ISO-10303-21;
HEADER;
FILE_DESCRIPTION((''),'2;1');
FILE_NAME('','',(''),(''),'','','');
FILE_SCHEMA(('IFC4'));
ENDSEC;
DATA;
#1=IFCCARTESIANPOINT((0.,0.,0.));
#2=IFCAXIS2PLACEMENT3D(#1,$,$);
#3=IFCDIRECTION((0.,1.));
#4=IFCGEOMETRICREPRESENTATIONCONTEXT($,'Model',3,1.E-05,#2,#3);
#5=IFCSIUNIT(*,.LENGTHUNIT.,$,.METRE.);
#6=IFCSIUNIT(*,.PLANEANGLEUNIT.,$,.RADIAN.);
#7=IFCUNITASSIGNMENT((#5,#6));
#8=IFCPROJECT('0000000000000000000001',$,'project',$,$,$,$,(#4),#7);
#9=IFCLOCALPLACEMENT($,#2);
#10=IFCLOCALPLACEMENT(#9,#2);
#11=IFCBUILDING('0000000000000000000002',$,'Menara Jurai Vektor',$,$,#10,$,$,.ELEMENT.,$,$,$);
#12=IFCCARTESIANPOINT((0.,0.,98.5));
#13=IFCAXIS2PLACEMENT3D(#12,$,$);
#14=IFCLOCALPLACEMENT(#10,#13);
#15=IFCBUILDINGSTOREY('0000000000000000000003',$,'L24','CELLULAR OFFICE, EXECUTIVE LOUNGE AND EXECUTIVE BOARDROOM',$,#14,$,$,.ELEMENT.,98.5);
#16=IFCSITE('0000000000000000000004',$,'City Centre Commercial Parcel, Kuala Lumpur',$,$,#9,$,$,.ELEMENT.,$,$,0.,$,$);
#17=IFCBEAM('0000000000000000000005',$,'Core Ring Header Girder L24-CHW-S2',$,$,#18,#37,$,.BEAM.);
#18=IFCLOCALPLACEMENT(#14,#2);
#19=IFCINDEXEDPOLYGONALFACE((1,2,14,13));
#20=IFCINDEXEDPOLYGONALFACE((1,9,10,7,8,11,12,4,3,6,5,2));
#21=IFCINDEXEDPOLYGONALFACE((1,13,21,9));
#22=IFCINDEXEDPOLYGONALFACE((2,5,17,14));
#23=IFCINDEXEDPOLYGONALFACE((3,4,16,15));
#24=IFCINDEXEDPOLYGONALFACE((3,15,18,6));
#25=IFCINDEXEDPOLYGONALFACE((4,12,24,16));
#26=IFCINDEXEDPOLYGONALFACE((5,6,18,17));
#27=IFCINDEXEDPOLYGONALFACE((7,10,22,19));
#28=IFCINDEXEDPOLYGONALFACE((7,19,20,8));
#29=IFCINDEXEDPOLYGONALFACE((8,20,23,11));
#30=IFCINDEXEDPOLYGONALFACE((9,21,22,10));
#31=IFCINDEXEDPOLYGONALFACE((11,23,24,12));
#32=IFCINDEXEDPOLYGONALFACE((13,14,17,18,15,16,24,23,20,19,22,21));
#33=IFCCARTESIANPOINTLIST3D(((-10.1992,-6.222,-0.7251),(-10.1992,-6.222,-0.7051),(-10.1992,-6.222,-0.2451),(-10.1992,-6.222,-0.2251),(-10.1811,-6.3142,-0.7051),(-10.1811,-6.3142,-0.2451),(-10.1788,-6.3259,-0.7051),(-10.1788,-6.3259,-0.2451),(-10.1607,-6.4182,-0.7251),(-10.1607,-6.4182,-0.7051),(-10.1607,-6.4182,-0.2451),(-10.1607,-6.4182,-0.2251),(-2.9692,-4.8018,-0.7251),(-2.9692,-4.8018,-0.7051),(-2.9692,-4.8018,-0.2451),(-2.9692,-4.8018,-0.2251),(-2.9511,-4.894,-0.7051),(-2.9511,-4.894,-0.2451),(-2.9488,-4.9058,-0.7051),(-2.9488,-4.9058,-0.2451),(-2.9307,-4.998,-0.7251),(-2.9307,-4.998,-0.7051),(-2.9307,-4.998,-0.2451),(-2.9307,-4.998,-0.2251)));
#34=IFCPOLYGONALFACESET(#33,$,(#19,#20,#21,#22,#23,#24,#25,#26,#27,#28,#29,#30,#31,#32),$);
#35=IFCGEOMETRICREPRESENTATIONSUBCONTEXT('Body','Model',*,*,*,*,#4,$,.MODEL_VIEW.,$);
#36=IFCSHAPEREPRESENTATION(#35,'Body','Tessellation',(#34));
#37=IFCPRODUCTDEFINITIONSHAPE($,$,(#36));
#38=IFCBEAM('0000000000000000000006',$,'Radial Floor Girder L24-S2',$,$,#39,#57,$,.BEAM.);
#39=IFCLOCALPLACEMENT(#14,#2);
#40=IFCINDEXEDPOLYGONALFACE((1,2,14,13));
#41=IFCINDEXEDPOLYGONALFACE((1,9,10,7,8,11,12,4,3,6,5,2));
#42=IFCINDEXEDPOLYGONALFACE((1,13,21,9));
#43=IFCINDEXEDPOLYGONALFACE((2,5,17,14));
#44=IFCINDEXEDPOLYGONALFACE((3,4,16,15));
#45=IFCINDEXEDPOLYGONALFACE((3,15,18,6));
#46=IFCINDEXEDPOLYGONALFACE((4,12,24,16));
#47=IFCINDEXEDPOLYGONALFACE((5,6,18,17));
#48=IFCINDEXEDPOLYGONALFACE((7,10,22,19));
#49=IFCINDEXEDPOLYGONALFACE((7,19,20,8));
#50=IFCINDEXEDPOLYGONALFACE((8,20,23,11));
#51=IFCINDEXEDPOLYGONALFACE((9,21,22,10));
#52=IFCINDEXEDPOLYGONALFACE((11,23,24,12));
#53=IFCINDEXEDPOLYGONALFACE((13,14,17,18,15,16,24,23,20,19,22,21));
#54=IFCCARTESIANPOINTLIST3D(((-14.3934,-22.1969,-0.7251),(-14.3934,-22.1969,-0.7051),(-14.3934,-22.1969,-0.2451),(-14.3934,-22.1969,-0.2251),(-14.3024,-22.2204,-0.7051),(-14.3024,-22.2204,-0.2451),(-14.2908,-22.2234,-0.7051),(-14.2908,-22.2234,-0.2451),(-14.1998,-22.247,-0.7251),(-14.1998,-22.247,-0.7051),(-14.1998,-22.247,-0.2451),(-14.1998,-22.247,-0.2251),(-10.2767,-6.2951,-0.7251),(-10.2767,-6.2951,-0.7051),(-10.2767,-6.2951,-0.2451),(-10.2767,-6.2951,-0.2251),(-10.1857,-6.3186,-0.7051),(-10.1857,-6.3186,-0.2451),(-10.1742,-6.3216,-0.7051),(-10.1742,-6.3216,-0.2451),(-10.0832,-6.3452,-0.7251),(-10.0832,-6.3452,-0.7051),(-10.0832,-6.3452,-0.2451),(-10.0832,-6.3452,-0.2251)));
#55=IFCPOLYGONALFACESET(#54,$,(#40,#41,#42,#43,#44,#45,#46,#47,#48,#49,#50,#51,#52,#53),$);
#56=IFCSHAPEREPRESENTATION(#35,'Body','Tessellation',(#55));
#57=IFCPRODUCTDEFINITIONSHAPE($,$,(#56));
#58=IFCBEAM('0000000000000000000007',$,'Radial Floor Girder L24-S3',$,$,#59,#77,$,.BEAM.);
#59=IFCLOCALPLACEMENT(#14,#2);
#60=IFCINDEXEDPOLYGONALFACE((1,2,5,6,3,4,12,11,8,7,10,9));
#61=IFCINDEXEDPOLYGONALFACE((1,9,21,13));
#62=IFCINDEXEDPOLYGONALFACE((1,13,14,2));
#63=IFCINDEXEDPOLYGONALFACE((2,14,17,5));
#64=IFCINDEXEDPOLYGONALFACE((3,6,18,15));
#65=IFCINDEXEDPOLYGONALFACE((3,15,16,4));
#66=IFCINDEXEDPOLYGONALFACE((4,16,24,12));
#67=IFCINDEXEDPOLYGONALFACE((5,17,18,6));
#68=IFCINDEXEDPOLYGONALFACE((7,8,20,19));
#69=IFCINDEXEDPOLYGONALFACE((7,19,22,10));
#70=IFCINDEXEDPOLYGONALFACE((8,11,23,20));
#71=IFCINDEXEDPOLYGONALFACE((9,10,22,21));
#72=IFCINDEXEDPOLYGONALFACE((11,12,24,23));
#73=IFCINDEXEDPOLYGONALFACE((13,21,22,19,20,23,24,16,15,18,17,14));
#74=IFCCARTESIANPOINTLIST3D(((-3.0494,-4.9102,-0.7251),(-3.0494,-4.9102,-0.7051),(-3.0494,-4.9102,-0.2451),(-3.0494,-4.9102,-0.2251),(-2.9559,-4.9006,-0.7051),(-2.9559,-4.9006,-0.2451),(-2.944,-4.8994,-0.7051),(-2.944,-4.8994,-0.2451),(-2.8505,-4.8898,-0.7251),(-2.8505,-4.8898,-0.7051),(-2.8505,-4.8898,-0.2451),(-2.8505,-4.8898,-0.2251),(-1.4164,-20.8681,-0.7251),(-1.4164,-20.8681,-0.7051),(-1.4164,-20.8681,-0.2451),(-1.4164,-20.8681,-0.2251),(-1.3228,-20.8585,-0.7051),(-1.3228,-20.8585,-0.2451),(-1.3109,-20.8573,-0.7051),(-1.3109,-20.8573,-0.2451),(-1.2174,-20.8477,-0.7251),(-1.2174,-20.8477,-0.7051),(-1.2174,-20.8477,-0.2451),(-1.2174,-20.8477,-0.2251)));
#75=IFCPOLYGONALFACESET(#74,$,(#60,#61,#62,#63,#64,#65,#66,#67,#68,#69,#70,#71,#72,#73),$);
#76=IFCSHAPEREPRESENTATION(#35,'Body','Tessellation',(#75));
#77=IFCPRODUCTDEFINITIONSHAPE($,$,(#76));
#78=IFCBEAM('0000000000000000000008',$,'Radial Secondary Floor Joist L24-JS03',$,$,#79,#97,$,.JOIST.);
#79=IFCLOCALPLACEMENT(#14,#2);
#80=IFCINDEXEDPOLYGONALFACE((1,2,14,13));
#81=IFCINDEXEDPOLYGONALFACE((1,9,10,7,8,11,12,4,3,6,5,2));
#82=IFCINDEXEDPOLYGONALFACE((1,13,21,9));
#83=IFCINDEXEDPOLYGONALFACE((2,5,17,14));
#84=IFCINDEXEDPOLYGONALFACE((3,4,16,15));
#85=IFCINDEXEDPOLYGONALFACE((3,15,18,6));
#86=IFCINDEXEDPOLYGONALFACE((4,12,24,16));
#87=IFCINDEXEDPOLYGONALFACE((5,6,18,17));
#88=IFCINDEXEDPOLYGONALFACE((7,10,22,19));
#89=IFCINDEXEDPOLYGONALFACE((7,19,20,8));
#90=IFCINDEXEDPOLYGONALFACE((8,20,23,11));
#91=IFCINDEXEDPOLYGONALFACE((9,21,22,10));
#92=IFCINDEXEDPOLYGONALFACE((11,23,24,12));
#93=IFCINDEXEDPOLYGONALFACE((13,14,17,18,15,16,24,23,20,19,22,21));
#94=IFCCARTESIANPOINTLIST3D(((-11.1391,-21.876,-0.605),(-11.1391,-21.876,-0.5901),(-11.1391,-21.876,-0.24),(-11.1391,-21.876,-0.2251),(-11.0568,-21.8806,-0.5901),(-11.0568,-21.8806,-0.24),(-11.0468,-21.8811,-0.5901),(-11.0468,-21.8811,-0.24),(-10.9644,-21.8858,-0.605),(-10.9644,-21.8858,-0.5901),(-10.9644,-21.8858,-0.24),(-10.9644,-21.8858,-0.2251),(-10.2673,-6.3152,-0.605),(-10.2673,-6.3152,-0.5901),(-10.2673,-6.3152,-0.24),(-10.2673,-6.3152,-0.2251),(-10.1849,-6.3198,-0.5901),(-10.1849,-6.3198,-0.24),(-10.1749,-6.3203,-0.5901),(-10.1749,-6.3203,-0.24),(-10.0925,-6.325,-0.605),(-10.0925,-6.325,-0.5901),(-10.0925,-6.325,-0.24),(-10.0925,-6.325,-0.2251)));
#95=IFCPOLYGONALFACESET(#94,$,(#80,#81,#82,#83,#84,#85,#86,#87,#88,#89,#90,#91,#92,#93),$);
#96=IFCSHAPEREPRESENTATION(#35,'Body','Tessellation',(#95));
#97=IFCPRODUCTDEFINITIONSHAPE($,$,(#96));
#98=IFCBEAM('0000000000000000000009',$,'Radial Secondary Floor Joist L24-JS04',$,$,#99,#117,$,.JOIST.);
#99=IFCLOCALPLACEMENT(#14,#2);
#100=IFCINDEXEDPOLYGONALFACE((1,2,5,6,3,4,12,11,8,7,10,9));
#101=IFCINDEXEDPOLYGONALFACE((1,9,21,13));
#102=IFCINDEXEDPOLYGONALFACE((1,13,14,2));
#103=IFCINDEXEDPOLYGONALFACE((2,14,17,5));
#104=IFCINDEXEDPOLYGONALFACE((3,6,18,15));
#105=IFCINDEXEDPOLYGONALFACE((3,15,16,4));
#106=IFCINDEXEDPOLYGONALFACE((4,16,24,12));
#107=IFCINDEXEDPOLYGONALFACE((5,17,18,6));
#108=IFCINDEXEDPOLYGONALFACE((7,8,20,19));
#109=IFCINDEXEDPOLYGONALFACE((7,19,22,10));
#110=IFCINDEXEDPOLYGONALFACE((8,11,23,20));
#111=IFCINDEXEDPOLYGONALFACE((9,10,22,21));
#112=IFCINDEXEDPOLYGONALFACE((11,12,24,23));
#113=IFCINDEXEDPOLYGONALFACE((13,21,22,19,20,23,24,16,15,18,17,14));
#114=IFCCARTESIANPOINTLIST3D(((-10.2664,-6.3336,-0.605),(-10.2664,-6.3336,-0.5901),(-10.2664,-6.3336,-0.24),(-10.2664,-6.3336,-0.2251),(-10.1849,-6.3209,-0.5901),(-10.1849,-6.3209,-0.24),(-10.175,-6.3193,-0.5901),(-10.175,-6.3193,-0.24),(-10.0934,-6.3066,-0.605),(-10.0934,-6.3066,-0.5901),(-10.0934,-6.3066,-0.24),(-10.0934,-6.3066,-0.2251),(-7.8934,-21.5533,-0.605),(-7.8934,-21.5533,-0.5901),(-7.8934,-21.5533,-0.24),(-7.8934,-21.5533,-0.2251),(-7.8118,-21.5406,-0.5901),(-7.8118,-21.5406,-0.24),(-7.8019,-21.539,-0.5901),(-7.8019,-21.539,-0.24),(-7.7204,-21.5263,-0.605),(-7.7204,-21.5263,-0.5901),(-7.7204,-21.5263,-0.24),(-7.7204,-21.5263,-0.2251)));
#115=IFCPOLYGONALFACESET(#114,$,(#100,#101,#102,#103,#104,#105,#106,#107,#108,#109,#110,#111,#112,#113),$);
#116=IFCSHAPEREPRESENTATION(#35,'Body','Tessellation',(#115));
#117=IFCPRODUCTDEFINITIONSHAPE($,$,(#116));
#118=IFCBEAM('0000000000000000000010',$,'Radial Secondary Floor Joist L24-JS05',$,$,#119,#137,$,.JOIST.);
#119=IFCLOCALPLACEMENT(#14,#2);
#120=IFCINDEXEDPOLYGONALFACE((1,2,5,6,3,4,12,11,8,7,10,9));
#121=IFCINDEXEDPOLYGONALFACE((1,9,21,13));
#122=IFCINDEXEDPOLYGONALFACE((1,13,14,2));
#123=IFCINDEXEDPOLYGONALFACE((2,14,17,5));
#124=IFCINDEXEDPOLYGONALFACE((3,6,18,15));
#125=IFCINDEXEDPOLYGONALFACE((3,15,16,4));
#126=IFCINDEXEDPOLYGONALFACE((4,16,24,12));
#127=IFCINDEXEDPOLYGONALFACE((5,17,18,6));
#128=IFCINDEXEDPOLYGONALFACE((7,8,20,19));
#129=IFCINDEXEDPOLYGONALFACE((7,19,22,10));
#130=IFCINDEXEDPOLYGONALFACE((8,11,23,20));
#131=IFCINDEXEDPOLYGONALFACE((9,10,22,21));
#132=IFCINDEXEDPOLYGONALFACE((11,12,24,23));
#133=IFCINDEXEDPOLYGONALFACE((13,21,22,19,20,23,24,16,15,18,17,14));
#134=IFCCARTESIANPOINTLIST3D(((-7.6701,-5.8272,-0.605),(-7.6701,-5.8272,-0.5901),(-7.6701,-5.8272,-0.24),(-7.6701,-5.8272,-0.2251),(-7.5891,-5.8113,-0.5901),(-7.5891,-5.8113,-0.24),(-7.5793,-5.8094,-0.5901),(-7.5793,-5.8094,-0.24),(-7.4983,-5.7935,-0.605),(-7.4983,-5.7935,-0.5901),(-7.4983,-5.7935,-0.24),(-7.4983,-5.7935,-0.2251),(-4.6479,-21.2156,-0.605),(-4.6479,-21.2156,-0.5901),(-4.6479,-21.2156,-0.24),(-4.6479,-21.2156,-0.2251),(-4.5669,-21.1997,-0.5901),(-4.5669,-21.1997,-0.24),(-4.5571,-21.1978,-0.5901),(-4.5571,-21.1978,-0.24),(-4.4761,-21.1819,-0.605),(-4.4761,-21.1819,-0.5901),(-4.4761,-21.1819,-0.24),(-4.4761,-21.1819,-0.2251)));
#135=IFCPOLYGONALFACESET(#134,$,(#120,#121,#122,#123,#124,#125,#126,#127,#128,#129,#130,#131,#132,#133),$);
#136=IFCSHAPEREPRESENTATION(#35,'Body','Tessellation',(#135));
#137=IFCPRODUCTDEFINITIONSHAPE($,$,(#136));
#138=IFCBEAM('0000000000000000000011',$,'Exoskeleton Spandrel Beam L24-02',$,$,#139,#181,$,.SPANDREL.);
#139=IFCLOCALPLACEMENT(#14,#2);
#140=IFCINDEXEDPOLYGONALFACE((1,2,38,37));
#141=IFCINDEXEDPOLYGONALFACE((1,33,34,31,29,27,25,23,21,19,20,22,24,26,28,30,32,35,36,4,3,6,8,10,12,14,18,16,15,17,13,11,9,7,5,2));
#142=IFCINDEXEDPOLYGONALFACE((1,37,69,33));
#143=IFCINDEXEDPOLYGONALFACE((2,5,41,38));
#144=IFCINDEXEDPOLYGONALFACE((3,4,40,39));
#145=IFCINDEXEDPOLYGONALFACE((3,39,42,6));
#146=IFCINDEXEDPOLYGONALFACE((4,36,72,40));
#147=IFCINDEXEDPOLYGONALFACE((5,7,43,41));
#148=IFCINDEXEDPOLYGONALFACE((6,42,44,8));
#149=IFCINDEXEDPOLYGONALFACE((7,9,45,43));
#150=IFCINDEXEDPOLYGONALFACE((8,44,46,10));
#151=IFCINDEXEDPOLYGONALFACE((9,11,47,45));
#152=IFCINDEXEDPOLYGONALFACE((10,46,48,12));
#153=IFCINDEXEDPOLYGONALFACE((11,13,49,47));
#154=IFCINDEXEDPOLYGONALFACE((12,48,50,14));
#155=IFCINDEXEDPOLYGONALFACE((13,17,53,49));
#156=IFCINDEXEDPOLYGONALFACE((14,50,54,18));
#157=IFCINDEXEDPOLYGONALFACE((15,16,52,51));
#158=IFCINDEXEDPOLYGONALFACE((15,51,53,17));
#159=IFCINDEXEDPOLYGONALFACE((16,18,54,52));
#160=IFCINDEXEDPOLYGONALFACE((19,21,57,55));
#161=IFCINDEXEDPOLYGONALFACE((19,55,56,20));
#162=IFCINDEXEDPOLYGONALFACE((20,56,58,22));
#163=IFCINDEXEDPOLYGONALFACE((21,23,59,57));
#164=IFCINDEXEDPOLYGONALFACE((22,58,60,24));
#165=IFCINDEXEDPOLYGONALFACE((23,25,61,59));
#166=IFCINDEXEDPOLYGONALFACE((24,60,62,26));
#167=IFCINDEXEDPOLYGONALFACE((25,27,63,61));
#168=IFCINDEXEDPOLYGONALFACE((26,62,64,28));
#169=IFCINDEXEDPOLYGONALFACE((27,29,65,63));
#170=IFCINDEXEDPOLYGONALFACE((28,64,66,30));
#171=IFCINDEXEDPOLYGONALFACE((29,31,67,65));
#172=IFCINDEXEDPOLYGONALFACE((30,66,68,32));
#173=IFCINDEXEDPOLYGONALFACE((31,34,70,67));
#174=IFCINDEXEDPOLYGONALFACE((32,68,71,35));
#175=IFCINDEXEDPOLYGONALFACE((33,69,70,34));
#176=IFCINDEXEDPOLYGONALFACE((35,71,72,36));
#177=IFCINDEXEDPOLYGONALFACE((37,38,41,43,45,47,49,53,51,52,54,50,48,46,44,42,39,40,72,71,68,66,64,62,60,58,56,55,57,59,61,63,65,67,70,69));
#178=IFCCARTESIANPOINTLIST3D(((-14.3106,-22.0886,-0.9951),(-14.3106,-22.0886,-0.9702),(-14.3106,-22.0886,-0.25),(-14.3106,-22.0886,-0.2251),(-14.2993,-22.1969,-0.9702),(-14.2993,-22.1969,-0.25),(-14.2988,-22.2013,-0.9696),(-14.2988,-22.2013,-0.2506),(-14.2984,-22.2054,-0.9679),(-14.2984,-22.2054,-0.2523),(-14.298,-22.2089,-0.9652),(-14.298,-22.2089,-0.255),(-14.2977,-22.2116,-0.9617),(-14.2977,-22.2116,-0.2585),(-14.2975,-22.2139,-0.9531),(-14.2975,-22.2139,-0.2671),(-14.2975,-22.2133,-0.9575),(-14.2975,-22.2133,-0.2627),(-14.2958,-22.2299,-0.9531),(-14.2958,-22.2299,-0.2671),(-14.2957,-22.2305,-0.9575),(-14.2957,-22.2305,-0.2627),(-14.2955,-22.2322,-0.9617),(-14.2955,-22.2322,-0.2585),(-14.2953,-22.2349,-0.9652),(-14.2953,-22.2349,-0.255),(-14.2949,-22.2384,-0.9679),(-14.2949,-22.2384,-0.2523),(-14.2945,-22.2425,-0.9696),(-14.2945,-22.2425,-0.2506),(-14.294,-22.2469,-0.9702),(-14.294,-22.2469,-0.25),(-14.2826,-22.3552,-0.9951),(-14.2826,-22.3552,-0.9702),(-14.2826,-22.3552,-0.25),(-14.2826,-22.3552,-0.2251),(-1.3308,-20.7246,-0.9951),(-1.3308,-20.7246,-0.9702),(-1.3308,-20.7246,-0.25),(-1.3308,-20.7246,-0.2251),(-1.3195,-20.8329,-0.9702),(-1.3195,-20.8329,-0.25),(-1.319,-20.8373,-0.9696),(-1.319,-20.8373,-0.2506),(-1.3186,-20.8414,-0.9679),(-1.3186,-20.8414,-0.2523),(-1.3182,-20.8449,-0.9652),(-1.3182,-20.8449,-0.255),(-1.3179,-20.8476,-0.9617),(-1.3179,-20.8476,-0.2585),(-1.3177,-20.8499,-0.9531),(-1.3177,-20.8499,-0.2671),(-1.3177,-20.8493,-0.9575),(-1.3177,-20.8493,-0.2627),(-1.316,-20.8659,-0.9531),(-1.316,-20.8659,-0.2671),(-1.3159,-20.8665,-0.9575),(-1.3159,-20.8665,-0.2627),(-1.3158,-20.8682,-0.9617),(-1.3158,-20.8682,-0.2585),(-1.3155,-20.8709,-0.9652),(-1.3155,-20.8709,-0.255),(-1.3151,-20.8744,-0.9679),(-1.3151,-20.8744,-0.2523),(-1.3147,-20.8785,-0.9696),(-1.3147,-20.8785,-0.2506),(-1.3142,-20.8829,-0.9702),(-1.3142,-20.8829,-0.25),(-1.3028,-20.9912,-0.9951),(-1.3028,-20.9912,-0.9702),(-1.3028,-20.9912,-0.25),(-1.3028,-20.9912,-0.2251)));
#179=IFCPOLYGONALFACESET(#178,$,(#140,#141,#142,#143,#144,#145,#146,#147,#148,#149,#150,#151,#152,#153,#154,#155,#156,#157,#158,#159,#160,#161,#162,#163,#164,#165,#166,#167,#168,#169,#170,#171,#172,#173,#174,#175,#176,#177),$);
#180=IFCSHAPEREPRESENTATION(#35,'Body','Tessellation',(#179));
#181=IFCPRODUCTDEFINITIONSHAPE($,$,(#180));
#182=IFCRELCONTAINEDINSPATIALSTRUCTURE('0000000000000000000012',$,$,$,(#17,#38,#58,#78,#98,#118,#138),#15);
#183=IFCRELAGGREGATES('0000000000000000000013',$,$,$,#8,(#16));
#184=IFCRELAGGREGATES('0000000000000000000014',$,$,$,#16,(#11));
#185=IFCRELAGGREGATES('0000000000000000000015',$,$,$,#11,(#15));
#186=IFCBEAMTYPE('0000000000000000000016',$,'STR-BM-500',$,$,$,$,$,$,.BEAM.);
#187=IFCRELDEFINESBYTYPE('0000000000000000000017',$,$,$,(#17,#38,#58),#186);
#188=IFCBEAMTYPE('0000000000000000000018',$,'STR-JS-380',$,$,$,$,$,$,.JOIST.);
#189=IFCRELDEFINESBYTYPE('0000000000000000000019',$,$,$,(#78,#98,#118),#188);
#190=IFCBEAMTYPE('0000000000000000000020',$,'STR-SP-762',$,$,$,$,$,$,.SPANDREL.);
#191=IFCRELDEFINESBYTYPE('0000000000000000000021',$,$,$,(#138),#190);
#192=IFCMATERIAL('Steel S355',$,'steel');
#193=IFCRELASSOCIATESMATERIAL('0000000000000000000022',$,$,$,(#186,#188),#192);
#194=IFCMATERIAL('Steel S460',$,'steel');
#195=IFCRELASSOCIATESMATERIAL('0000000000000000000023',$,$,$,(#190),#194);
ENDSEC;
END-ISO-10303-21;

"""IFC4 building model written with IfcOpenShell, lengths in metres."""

from ifc_helpers import new_model, si_unit, direction, frame, origin, origin_2d, place, context, subcontext, project, spatial, i_section, extrude, material, material_profile, profile_set, type_object, element, save


model = new_model("IFC4")

# Units and contexts
model_context = context("Model", 3, precision=1e-05, world=origin(), true_north=direction((0.0, 1.0)))
body_context = subcontext(model_context, "Body", "Model", "MODEL_VIEW")
ifc_project = project(units=[si_unit("LENGTHUNIT", "METRE"), si_unit("PLANEANGLEUNIT", "RADIAN")], contexts=[model_context])

# Site, building, storey
site_placement = place(None, origin())
site = spatial("IfcSite", under=ifc_project, at=site_placement, Name="City Centre Commercial Parcel, Kuala Lumpur", CompositionType="ELEMENT", RefElevation=0.0)
building_placement = place(site_placement, origin())
building = spatial("IfcBuilding", under=site, at=building_placement, Name="Menara Jurai Vektor", CompositionType="ELEMENT")
storey_placement = place(building_placement, frame((0.0, 0.0, 98.5)))
storey = spatial("IfcBuildingStorey", under=building, at=storey_placement, Name="L24", Description="CELLULAR OFFICE, EXECUTIVE LOUNGE AND EXECUTIVE BOARDROOM", CompositionType="ELEMENT", Elevation=98.5)

# Shared definitions
ifc_material_1 = material(Name="Steel S460", Category="steel")

# Beams
ifc_material_2 = material(Name="Steel S355", Category="steel")
ifc_material_profile_1 = material_profile(ifc_material_2, i_section(OverallWidth=0.2, OverallDepth=0.5, WebThickness=0.012, FlangeThickness=0.02, at=origin_2d()), Name="PG 500x200x96")
ifc_profile_set_1 = profile_set([ifc_material_profile_1], Name="Steel S355")
beam_type_1 = type_object("IfcBeamType", Name="STR-BM-500", PredefinedType="BEAM", material=ifc_profile_set_1)
beam_1_placement = place(storey_placement, frame((-10.1799, -6.3201, -0.4751), z_axis=(0.981249, 0.192744, 0.0), x_axis=(-0.192744, 0.981249, 0.0)))
element("IfcBeam", 1, at=beam_1_placement, inside=storey, type_object=beam_type_1, Name="Core Ring Header Girder L24-CHW-S2", PredefinedType="BEAM", context=body_context, shape_type="SweptSolid", body=[
    extrude(i_section(OverallWidth=0.2, OverallDepth=0.5, WebThickness=0.012, FlangeThickness=0.02, at=origin_2d()), origin(), (0.0, 0.0, 1.0), 7.3682),
])
beam_2_placement = place(storey_placement, frame((-14.2966, -22.2219, -0.4751), z_axis=(0.25062, 0.968086, 0.0), x_axis=(-0.968086, 0.25062, 0.0)))
element("IfcBeam", 2, at=beam_2_placement, inside=storey, type_object=beam_type_1, Name="Radial Floor Girder L24-S2", PredefinedType="BEAM", context=body_context, shape_type="SweptSolid", body=[
    extrude(i_section(OverallWidth=0.2, OverallDepth=0.5, WebThickness=0.012, FlangeThickness=0.02, at=origin_2d()), origin(), (0.0, 0.0, 1.0), 16.426),
])
beam_3_placement = place(storey_placement, frame((-1.3169, -20.8579, -0.4751), z_axis=(-0.101803, 0.994805, 0.0), x_axis=(-0.994805, -0.101803, 0.0)))
element("IfcBeam", 3, at=beam_3_placement, inside=storey, type_object=beam_type_1, Name="Radial Floor Girder L24-S3", PredefinedType="BEAM", context=body_context, shape_type="SweptSolid", body=[
    extrude(i_section(OverallWidth=0.2, OverallDepth=0.5, WebThickness=0.012, FlangeThickness=0.02, at=origin_2d()), origin(), (0.0, 0.0, 1.0), 16.0413),
])
ifc_material_profile_2 = material_profile(ifc_material_2, i_section(OverallWidth=0.175, OverallDepth=0.3799, WebThickness=0.01, FlangeThickness=0.0149, at=origin_2d()), Name="PG 380x175x58")
ifc_profile_set_2 = profile_set([ifc_material_profile_2], Name="Steel S355")
beam_type_2 = type_object("IfcBeamType", Name="STR-JS-380", PredefinedType="JOIST", material=ifc_profile_set_2)
beam_4_placement = place(storey_placement, frame((-11.0518, -21.8809, -0.415), z_axis=(0.055939, 0.998434, 0.0), x_axis=(-0.998434, 0.055939, 0.0)))
element("IfcBeam", 4, at=beam_4_placement, inside=storey, type_object=beam_type_2, Name="Radial Secondary Floor Joist L24-JS03", PredefinedType="JOIST", context=body_context, shape_type="SweptSolid", body=[
    extrude(i_section(OverallWidth=0.175, OverallDepth=0.3799, WebThickness=0.01, FlangeThickness=0.0149, at=origin_2d()), origin(), (0.0, 0.0, 1.0), 15.5852),
])
beam_5_placement = place(storey_placement, frame((-7.8069, -21.5398, -0.415), z_axis=(-0.154058, 0.988062, 0.0), x_axis=(-0.988062, -0.154058, 0.0)))
element("IfcBeam", 5, at=beam_5_placement, inside=storey, type_object=beam_type_2, Name="Radial Secondary Floor Joist L24-JS04", PredefinedType="JOIST", context=body_context, shape_type="SweptSolid", body=[
    extrude(i_section(OverallWidth=0.175, OverallDepth=0.3799, WebThickness=0.01, FlangeThickness=0.0149, at=origin_2d()), origin(), (0.0, 0.0, 1.0), 15.4036),
])
beam_6_placement = place(storey_placement, frame((-4.562, -21.1987, -0.415), z_axis=(-0.192714, 0.981255, 0.0), x_axis=(-0.981255, -0.192714, 0.0)))
element("IfcBeam", 6, at=beam_6_placement, inside=storey, type_object=beam_type_2, Name="Radial Secondary Floor Joist L24-JS05", PredefinedType="JOIST", context=body_context, shape_type="SweptSolid", body=[
    extrude(i_section(OverallWidth=0.175, OverallDepth=0.3799, WebThickness=0.01, FlangeThickness=0.0149, at=origin_2d()), origin(), (0.0, 0.0, 1.0), 15.6824),
])
ifc_material_profile_3 = material_profile(ifc_material_1, i_section(OverallWidth=0.2681, OverallDepth=0.77, WebThickness=0.0161, FlangeThickness=0.0249, FilletRadius=0.0171, at=origin_2d()), Name="UKB 762x267x197")
ifc_profile_set_3 = profile_set([ifc_material_profile_3], Name="Steel S460")
beam_type_3 = type_object("IfcBeamType", Name="STR-SP-762", PredefinedType="SPANDREL", material=ifc_profile_set_3)
beam_7_placement = place(storey_placement, frame((-14.2966, -22.2219, -0.6101), z_axis=(0.994524, 0.104512, 0.0), x_axis=(-0.104512, 0.994524, 0.0)))
element("IfcBeam", 7, at=beam_7_placement, inside=storey, type_object=beam_type_3, Name="Exoskeleton Spandrel Beam L24-02", PredefinedType="SPANDREL", context=body_context, shape_type="SweptSolid", body=[
    extrude(i_section(OverallWidth=0.2681, OverallDepth=0.77, WebThickness=0.0161, FlangeThickness=0.0249, FilletRadius=0.0171, at=origin_2d()), origin(), (0.0, 0.0, 1.0), 13.0513),
])

save(model, "model.ifc")
